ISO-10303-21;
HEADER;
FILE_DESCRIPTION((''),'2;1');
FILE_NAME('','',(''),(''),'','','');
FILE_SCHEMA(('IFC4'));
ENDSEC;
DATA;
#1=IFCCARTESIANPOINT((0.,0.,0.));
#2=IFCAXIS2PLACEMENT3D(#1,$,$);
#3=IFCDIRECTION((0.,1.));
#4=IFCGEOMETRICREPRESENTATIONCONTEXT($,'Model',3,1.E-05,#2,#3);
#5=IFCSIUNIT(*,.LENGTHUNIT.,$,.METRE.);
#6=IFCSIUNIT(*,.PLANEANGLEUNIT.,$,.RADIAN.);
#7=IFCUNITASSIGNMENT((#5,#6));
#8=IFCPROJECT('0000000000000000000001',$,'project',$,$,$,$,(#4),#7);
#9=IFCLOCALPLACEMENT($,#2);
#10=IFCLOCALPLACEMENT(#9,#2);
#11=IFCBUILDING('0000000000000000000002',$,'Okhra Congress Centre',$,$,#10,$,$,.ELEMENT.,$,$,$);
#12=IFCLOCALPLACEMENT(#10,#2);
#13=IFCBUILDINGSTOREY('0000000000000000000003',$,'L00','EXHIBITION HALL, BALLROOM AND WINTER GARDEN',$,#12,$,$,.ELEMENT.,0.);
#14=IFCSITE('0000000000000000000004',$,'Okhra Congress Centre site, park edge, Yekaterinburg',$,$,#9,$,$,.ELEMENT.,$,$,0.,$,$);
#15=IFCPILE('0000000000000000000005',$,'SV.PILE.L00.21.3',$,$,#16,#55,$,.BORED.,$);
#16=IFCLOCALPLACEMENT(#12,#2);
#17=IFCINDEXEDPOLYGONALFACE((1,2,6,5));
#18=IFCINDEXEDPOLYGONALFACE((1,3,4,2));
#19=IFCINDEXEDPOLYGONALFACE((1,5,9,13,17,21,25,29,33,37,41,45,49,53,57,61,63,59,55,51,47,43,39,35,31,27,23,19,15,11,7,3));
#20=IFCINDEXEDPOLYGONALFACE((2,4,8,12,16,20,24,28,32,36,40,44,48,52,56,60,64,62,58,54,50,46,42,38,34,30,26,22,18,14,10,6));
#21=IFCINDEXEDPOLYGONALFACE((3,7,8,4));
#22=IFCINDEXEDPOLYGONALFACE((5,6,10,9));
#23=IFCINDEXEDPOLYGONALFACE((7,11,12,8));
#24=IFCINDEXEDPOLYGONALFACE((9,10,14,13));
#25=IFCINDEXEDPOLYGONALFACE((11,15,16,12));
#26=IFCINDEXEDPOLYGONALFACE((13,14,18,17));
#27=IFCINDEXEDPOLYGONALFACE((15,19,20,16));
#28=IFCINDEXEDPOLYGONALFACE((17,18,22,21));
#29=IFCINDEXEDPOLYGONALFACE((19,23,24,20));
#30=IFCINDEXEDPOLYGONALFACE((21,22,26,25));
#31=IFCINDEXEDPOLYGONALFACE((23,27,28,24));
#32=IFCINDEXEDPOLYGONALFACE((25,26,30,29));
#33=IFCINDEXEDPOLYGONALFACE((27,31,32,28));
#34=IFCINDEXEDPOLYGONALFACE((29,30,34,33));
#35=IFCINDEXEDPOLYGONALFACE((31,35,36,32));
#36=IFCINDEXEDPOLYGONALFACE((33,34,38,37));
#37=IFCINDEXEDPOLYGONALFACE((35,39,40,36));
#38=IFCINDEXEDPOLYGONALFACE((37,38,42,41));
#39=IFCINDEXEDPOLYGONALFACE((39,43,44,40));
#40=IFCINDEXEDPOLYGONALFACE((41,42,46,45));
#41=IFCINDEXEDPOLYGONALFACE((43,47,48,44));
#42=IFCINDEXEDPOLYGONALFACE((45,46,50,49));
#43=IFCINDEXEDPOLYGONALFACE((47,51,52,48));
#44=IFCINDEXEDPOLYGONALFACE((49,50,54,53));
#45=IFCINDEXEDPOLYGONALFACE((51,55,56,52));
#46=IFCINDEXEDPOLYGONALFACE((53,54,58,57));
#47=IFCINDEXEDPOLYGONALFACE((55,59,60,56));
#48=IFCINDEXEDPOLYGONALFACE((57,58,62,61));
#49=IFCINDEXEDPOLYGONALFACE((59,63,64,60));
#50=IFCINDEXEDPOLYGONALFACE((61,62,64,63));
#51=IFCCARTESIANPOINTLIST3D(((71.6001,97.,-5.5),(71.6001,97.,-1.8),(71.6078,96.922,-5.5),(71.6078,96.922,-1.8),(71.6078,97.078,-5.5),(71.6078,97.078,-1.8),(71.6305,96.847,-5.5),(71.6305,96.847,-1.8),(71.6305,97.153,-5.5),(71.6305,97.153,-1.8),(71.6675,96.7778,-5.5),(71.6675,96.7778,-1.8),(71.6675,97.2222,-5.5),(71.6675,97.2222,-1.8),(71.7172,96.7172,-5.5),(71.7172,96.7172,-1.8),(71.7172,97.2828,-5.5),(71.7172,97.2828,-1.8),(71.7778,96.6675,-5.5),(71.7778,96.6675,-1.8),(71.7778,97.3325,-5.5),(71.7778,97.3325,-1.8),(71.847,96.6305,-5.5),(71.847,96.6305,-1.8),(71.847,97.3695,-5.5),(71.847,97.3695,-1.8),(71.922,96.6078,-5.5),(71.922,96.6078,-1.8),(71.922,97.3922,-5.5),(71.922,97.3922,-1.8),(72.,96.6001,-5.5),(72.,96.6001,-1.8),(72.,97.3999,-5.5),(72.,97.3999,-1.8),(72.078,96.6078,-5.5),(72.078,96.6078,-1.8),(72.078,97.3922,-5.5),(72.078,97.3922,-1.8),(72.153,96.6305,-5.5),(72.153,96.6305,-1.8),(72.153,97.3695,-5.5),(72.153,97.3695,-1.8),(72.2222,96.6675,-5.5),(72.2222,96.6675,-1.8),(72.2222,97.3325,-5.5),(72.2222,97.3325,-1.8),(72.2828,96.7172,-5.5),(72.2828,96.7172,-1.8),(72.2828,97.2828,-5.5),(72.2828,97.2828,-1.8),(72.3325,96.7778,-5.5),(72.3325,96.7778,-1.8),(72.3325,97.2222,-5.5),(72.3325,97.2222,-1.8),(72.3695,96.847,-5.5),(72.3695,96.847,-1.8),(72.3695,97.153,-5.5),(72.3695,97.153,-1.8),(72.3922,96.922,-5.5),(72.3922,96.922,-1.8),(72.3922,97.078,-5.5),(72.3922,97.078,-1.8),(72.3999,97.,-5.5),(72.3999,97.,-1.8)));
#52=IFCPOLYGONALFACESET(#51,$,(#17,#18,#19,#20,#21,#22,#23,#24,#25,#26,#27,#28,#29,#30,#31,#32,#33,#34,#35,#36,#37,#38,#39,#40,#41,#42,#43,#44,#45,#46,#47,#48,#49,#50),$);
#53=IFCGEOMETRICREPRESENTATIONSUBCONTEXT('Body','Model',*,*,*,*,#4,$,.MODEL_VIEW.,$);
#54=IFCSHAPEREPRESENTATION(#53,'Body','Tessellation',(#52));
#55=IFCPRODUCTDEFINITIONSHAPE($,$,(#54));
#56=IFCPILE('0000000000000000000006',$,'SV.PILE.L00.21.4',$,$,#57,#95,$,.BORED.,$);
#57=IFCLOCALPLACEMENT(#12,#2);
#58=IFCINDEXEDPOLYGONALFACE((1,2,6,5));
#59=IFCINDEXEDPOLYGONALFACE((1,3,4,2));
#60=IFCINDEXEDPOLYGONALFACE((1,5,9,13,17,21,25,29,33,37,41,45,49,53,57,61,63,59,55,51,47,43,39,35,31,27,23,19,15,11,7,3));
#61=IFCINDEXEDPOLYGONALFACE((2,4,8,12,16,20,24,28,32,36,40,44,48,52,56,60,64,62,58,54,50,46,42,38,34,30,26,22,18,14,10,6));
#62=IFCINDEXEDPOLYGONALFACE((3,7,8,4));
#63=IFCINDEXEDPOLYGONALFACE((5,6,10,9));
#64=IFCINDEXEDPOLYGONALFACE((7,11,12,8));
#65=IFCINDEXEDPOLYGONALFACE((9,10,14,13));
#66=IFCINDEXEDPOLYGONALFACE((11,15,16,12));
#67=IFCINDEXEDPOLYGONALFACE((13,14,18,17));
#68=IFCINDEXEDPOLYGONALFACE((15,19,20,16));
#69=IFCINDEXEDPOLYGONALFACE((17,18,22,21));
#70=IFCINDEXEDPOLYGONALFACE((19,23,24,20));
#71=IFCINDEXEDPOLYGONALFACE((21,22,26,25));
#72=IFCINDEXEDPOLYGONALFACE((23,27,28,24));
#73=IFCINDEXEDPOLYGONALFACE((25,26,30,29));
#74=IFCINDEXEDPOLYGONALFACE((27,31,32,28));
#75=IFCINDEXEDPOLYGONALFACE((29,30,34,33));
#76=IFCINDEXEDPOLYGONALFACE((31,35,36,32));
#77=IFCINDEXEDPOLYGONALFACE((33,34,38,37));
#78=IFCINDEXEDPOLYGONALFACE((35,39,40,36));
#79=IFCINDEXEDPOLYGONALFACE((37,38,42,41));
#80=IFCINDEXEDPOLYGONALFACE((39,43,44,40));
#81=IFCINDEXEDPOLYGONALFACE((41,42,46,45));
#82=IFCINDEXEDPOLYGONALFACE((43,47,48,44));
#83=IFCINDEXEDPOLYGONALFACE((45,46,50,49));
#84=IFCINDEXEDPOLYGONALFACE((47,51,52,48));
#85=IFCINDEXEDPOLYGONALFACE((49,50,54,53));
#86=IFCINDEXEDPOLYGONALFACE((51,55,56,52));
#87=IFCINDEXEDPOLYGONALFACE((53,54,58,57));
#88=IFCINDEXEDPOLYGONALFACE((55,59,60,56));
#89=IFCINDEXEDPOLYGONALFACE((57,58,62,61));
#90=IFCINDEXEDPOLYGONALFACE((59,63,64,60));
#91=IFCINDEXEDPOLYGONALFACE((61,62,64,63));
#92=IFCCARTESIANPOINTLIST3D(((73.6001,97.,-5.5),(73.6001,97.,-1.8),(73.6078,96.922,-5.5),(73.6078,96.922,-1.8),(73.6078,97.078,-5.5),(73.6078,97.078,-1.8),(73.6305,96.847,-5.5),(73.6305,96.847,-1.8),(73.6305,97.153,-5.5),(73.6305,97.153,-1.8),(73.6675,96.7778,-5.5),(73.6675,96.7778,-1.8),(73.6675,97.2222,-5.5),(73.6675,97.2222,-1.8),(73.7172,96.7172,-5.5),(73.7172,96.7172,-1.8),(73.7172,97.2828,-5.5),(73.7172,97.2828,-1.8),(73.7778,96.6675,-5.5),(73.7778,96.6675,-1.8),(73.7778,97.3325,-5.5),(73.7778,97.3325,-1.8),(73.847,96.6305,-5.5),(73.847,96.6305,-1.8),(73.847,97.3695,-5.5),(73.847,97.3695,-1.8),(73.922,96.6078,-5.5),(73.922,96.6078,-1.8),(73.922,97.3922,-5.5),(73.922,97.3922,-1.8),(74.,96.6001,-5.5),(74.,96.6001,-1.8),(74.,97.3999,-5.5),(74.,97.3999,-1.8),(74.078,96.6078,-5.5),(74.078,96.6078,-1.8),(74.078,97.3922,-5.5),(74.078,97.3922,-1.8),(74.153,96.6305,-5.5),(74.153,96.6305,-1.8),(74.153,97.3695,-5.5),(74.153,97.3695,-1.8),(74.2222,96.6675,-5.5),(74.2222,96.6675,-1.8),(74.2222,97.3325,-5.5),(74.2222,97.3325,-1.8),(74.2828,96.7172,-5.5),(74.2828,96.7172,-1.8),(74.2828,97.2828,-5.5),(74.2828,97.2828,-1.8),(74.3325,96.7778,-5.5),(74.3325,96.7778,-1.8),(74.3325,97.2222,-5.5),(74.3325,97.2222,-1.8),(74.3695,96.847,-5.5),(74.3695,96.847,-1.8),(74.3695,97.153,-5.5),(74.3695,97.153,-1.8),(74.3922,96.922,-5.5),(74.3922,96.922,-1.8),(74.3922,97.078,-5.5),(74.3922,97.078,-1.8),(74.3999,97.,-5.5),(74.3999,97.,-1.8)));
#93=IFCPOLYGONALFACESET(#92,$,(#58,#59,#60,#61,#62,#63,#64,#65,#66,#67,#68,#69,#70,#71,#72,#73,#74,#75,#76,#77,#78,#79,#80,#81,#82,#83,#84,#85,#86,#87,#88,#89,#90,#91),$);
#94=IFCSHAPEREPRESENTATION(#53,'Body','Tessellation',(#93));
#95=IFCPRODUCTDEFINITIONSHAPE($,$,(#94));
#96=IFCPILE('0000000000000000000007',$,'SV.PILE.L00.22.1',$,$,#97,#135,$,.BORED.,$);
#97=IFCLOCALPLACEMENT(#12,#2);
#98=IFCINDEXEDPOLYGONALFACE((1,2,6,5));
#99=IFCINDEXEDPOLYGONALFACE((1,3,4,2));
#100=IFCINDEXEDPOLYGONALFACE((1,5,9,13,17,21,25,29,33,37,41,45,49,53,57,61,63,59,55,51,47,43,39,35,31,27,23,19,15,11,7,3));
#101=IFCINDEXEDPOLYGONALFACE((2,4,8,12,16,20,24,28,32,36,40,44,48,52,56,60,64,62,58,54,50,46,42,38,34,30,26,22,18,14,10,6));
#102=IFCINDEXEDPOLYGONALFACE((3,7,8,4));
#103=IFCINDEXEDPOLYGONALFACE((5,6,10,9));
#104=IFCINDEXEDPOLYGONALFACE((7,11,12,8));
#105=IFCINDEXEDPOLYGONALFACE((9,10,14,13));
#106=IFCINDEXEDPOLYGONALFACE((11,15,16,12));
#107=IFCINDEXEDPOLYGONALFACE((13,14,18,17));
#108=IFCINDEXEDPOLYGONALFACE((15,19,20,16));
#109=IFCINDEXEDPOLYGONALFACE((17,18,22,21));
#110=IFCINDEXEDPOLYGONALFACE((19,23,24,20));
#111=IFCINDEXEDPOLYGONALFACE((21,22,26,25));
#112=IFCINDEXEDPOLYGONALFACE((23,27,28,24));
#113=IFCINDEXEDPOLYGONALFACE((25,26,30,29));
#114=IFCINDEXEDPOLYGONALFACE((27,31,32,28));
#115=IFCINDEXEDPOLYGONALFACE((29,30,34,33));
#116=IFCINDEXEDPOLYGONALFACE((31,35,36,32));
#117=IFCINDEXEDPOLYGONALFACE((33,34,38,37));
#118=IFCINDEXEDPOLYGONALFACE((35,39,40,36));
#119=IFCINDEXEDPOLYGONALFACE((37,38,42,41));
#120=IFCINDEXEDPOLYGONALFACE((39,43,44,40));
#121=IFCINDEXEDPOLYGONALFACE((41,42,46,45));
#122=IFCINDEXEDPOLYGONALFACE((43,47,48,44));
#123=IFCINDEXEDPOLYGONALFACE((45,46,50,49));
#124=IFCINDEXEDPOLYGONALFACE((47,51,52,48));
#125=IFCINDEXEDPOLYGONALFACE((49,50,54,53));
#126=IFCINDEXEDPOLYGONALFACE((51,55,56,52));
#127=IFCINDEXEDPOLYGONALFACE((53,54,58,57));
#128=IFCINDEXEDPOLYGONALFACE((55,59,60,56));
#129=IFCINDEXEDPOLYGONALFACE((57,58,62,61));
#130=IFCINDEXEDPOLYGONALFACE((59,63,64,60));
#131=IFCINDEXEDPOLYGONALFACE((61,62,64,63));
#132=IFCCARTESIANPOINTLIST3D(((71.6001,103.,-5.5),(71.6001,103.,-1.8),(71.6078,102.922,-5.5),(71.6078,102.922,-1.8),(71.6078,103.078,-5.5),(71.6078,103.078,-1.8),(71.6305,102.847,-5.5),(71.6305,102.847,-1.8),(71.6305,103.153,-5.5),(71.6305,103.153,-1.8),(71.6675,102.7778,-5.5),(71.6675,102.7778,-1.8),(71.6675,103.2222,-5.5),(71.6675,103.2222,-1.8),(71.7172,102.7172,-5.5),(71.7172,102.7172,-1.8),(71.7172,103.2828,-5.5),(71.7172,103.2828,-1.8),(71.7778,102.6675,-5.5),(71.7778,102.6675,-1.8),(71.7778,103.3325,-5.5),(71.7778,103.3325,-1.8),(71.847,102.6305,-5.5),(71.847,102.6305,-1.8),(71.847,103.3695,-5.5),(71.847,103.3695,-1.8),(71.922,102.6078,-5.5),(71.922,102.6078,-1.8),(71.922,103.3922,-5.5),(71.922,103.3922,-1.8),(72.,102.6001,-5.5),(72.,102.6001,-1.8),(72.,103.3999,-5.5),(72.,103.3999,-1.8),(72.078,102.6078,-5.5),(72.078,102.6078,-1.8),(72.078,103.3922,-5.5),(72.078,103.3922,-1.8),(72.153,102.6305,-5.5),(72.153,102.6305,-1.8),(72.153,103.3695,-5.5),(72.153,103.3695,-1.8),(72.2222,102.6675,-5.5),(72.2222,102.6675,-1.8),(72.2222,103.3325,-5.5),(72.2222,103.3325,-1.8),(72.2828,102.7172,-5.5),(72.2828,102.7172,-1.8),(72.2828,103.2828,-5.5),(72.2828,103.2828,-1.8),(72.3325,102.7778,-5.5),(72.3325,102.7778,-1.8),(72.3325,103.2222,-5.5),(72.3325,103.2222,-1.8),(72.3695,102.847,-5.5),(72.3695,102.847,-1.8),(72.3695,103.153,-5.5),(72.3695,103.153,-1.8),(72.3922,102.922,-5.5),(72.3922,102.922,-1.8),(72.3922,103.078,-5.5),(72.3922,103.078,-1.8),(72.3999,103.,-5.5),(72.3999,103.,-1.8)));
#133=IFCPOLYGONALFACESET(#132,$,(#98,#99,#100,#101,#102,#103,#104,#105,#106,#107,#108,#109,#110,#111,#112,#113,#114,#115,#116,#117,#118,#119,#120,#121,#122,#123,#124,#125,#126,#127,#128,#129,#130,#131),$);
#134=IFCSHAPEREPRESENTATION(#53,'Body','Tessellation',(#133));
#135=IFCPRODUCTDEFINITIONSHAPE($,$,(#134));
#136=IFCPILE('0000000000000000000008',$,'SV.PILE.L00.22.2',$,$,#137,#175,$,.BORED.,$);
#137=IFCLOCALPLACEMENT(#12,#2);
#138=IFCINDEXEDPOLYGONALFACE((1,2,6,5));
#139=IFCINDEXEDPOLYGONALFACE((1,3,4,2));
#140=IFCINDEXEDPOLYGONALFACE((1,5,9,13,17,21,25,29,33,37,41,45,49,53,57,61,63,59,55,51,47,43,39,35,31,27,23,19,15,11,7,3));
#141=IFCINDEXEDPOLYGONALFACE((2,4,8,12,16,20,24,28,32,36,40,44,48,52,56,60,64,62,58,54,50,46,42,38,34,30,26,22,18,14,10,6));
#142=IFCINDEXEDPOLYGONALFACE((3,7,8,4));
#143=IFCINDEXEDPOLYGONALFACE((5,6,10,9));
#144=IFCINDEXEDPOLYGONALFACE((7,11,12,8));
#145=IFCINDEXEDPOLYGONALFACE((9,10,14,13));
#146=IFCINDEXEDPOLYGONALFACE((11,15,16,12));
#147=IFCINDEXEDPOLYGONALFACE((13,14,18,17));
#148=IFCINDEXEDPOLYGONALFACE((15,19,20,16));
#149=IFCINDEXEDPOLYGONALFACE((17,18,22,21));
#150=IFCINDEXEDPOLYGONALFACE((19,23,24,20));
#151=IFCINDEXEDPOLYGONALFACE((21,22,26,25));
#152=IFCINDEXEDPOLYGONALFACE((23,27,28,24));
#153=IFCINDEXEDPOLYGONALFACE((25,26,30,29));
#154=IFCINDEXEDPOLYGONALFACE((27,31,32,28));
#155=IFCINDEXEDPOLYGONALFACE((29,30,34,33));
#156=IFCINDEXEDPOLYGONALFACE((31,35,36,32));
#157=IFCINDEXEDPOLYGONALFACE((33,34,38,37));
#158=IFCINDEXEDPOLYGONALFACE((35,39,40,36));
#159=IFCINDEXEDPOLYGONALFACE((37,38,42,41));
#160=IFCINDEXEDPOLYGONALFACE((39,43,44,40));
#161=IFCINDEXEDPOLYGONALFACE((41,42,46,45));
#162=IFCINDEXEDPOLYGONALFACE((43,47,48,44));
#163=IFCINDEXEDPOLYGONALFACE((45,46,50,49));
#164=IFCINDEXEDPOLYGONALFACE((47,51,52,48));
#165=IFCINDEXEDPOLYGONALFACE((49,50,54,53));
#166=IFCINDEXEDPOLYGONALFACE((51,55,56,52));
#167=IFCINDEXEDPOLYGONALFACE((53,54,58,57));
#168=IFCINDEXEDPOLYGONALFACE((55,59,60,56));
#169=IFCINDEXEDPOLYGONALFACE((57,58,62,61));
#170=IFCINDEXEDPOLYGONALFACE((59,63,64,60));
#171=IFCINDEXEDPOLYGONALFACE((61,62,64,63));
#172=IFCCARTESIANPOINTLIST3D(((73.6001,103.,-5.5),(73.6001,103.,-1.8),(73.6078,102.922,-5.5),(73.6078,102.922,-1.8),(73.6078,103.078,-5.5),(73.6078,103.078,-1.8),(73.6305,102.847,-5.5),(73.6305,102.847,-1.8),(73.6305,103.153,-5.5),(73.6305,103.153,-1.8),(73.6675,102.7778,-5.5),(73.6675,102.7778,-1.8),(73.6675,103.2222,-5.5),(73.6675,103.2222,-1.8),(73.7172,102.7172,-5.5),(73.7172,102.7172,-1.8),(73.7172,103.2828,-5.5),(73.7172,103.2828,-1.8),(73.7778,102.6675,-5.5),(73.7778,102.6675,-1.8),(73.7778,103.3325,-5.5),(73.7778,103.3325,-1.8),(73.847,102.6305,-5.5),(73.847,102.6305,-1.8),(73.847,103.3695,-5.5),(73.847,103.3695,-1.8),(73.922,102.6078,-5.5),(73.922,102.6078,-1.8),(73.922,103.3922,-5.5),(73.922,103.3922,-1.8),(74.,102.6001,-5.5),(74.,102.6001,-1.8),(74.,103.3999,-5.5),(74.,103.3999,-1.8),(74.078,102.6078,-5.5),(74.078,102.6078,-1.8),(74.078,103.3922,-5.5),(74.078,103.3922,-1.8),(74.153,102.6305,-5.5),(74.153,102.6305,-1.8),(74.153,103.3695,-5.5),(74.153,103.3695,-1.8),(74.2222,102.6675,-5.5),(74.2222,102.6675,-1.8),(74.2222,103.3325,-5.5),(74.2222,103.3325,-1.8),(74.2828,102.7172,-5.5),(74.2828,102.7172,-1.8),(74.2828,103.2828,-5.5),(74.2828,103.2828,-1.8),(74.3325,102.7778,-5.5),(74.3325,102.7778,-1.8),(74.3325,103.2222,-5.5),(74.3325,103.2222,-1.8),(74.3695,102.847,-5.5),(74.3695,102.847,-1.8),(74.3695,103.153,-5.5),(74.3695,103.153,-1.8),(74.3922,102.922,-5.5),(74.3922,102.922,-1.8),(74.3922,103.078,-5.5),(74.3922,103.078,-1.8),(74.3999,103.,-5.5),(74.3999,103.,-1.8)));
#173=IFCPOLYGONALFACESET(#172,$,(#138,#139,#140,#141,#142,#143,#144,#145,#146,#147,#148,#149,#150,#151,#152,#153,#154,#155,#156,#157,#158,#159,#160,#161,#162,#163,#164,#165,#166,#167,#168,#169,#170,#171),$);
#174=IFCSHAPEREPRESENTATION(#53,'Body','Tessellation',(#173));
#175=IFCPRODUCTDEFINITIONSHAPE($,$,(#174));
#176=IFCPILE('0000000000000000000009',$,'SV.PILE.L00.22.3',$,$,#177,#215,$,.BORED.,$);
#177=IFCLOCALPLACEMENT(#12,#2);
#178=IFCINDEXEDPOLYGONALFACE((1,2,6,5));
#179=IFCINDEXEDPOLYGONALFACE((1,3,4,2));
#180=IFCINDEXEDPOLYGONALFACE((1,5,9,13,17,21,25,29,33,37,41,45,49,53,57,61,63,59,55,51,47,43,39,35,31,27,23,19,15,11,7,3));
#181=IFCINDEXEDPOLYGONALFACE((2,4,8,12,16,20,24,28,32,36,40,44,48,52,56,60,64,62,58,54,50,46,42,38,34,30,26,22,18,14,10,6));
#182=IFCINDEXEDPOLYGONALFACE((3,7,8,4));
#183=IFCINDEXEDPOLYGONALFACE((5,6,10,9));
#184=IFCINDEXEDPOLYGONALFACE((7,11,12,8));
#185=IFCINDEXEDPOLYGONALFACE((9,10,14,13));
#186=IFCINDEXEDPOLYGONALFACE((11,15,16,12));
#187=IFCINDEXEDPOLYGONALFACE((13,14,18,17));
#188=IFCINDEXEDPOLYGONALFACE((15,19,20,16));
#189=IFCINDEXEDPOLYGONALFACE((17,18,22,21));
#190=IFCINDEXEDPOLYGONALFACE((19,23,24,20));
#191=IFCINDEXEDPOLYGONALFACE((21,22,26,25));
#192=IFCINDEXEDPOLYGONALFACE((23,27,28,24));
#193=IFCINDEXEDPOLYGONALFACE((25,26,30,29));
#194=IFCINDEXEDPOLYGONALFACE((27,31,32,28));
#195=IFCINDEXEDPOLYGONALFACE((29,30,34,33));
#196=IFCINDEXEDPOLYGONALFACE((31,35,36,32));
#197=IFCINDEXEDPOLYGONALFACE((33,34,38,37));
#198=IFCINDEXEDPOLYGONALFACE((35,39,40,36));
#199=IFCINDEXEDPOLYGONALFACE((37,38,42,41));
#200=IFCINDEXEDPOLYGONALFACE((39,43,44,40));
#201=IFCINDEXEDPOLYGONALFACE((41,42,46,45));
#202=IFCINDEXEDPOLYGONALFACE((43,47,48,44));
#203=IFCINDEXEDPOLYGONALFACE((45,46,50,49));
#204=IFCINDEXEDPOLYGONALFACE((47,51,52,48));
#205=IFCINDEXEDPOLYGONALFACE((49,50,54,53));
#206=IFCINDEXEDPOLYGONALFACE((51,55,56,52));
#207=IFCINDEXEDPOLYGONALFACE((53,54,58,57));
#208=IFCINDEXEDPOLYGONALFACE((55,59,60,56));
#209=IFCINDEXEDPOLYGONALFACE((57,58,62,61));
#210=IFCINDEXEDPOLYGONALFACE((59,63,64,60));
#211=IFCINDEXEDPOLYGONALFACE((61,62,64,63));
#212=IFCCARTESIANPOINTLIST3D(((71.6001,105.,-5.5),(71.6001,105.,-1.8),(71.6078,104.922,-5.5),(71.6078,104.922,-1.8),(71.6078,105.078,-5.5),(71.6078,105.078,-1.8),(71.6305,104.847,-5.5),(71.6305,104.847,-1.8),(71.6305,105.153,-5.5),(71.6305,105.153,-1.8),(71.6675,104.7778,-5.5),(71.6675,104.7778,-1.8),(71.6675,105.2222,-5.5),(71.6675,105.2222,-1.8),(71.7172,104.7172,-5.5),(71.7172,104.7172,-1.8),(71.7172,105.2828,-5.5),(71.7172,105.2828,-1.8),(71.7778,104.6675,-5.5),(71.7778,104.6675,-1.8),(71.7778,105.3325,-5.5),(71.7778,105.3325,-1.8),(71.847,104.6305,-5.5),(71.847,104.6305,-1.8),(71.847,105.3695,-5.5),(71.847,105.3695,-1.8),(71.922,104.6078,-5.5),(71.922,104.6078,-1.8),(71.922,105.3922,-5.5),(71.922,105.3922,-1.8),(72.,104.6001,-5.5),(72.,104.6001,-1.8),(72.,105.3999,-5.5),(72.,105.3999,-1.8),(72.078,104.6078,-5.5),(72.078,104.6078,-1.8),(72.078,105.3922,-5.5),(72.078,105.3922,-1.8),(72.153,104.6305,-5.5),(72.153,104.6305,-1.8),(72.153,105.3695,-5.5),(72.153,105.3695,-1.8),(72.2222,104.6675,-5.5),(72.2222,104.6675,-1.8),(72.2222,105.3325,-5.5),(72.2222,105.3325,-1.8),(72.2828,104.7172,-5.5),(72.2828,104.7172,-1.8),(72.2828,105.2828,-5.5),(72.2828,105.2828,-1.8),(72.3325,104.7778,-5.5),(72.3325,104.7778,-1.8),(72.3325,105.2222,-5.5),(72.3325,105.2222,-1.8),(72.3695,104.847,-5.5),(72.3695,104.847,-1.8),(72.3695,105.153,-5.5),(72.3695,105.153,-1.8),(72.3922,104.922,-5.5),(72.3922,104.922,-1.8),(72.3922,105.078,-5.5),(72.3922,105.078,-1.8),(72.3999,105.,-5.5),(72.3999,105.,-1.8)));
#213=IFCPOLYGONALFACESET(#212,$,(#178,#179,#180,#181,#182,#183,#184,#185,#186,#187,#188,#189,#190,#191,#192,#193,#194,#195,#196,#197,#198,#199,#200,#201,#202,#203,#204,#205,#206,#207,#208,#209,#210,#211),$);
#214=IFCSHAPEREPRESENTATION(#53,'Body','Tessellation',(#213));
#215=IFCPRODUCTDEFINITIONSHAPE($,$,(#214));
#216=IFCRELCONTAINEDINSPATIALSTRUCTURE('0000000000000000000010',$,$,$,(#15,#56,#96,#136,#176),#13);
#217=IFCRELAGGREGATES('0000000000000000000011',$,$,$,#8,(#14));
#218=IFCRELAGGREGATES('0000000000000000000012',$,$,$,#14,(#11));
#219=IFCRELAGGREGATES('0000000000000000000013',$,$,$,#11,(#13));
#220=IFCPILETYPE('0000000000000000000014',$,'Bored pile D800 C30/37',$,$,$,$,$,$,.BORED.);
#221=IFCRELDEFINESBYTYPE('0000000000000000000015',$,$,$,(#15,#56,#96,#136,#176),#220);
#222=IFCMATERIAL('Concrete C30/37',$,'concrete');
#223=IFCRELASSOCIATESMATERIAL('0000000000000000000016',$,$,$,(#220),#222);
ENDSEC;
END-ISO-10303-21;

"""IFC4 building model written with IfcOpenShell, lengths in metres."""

from ifc_helpers import new_model, si_unit, direction, frame, origin, origin_2d, place, context, subcontext, project, spatial, circle, extrude, material, material_profile, profile_set, type_object, element, save


model = new_model("IFC4")

# Units and contexts
model_context = context("Model", 3, precision=1e-05, world=origin(), true_north=direction((0.0, 1.0)))
body_context = subcontext(model_context, "Body", "Model", "MODEL_VIEW")
ifc_project = project(units=[si_unit("LENGTHUNIT", "METRE"), si_unit("PLANEANGLEUNIT", "RADIAN")], contexts=[model_context])

# Site, building, storey
site_placement = place(None, origin())
site = spatial("IfcSite", under=ifc_project, at=site_placement, Name="Okhra Congress Centre site, park edge, Yekaterinburg", CompositionType="ELEMENT", RefElevation=0.0)
building_placement = place(site_placement, origin())
building = spatial("IfcBuilding", under=site, at=building_placement, Name="Okhra Congress Centre", CompositionType="ELEMENT")
storey_placement = place(building_placement, origin())
storey = spatial("IfcBuildingStorey", under=building, at=storey_placement, Name="L00", Description="EXHIBITION HALL, BALLROOM AND WINTER GARDEN", CompositionType="ELEMENT", Elevation=0.0)

# Piles
ifc_material_1 = material(Name="Concrete C30/37", Category="concrete")
ifc_material_profile_1 = material_profile(ifc_material_1, circle(Radius=0.3999, at=origin_2d()), Name="D800")
ifc_profile_set_1 = profile_set([ifc_material_profile_1], Name="Concrete C30/37")
pile_type = type_object("IfcPileType", Name="Bored pile D800 C30/37", PredefinedType="BORED", material=ifc_profile_set_1)
for number, where, z_axis, x_axis, name in (
    (1, (72.0, 97.0, -1.8), (0.0, 0.0, -1.0), (1.0, 0.0, 0.0), "SV.PILE.L00.21.3"),
    (2, (74.0, 97.0, -1.8), (0.0, 0.0, -1.0), (1.0, 0.0, 0.0), "SV.PILE.L00.21.4"),
    (3, (72.0, 103.0, -1.8), (0.0, 0.0, -1.0), (1.0, 0.0, 0.0), "SV.PILE.L00.22.1"),
    (4, (74.0, 103.0, -1.8), (0.0, 0.0, -1.0), (1.0, 0.0, 0.0), "SV.PILE.L00.22.2"),
    (5, (72.0, 105.0, -1.8), (0.0, 0.0, -1.0), (1.0, 0.0, 0.0), "SV.PILE.L00.22.3"),
):
    element("IfcPile", number, at=place(storey_placement, frame(where, z_axis=z_axis, x_axis=x_axis)), inside=storey, type_object=pile_type, Name=name, PredefinedType="BORED", context=body_context, shape_type="SweptSolid", body=[
        extrude(circle(Radius=0.3999, at=origin_2d()), origin(), (0.0, 0.0, 1.0), 3.7),
    ])

save(model, "model.ifc")
